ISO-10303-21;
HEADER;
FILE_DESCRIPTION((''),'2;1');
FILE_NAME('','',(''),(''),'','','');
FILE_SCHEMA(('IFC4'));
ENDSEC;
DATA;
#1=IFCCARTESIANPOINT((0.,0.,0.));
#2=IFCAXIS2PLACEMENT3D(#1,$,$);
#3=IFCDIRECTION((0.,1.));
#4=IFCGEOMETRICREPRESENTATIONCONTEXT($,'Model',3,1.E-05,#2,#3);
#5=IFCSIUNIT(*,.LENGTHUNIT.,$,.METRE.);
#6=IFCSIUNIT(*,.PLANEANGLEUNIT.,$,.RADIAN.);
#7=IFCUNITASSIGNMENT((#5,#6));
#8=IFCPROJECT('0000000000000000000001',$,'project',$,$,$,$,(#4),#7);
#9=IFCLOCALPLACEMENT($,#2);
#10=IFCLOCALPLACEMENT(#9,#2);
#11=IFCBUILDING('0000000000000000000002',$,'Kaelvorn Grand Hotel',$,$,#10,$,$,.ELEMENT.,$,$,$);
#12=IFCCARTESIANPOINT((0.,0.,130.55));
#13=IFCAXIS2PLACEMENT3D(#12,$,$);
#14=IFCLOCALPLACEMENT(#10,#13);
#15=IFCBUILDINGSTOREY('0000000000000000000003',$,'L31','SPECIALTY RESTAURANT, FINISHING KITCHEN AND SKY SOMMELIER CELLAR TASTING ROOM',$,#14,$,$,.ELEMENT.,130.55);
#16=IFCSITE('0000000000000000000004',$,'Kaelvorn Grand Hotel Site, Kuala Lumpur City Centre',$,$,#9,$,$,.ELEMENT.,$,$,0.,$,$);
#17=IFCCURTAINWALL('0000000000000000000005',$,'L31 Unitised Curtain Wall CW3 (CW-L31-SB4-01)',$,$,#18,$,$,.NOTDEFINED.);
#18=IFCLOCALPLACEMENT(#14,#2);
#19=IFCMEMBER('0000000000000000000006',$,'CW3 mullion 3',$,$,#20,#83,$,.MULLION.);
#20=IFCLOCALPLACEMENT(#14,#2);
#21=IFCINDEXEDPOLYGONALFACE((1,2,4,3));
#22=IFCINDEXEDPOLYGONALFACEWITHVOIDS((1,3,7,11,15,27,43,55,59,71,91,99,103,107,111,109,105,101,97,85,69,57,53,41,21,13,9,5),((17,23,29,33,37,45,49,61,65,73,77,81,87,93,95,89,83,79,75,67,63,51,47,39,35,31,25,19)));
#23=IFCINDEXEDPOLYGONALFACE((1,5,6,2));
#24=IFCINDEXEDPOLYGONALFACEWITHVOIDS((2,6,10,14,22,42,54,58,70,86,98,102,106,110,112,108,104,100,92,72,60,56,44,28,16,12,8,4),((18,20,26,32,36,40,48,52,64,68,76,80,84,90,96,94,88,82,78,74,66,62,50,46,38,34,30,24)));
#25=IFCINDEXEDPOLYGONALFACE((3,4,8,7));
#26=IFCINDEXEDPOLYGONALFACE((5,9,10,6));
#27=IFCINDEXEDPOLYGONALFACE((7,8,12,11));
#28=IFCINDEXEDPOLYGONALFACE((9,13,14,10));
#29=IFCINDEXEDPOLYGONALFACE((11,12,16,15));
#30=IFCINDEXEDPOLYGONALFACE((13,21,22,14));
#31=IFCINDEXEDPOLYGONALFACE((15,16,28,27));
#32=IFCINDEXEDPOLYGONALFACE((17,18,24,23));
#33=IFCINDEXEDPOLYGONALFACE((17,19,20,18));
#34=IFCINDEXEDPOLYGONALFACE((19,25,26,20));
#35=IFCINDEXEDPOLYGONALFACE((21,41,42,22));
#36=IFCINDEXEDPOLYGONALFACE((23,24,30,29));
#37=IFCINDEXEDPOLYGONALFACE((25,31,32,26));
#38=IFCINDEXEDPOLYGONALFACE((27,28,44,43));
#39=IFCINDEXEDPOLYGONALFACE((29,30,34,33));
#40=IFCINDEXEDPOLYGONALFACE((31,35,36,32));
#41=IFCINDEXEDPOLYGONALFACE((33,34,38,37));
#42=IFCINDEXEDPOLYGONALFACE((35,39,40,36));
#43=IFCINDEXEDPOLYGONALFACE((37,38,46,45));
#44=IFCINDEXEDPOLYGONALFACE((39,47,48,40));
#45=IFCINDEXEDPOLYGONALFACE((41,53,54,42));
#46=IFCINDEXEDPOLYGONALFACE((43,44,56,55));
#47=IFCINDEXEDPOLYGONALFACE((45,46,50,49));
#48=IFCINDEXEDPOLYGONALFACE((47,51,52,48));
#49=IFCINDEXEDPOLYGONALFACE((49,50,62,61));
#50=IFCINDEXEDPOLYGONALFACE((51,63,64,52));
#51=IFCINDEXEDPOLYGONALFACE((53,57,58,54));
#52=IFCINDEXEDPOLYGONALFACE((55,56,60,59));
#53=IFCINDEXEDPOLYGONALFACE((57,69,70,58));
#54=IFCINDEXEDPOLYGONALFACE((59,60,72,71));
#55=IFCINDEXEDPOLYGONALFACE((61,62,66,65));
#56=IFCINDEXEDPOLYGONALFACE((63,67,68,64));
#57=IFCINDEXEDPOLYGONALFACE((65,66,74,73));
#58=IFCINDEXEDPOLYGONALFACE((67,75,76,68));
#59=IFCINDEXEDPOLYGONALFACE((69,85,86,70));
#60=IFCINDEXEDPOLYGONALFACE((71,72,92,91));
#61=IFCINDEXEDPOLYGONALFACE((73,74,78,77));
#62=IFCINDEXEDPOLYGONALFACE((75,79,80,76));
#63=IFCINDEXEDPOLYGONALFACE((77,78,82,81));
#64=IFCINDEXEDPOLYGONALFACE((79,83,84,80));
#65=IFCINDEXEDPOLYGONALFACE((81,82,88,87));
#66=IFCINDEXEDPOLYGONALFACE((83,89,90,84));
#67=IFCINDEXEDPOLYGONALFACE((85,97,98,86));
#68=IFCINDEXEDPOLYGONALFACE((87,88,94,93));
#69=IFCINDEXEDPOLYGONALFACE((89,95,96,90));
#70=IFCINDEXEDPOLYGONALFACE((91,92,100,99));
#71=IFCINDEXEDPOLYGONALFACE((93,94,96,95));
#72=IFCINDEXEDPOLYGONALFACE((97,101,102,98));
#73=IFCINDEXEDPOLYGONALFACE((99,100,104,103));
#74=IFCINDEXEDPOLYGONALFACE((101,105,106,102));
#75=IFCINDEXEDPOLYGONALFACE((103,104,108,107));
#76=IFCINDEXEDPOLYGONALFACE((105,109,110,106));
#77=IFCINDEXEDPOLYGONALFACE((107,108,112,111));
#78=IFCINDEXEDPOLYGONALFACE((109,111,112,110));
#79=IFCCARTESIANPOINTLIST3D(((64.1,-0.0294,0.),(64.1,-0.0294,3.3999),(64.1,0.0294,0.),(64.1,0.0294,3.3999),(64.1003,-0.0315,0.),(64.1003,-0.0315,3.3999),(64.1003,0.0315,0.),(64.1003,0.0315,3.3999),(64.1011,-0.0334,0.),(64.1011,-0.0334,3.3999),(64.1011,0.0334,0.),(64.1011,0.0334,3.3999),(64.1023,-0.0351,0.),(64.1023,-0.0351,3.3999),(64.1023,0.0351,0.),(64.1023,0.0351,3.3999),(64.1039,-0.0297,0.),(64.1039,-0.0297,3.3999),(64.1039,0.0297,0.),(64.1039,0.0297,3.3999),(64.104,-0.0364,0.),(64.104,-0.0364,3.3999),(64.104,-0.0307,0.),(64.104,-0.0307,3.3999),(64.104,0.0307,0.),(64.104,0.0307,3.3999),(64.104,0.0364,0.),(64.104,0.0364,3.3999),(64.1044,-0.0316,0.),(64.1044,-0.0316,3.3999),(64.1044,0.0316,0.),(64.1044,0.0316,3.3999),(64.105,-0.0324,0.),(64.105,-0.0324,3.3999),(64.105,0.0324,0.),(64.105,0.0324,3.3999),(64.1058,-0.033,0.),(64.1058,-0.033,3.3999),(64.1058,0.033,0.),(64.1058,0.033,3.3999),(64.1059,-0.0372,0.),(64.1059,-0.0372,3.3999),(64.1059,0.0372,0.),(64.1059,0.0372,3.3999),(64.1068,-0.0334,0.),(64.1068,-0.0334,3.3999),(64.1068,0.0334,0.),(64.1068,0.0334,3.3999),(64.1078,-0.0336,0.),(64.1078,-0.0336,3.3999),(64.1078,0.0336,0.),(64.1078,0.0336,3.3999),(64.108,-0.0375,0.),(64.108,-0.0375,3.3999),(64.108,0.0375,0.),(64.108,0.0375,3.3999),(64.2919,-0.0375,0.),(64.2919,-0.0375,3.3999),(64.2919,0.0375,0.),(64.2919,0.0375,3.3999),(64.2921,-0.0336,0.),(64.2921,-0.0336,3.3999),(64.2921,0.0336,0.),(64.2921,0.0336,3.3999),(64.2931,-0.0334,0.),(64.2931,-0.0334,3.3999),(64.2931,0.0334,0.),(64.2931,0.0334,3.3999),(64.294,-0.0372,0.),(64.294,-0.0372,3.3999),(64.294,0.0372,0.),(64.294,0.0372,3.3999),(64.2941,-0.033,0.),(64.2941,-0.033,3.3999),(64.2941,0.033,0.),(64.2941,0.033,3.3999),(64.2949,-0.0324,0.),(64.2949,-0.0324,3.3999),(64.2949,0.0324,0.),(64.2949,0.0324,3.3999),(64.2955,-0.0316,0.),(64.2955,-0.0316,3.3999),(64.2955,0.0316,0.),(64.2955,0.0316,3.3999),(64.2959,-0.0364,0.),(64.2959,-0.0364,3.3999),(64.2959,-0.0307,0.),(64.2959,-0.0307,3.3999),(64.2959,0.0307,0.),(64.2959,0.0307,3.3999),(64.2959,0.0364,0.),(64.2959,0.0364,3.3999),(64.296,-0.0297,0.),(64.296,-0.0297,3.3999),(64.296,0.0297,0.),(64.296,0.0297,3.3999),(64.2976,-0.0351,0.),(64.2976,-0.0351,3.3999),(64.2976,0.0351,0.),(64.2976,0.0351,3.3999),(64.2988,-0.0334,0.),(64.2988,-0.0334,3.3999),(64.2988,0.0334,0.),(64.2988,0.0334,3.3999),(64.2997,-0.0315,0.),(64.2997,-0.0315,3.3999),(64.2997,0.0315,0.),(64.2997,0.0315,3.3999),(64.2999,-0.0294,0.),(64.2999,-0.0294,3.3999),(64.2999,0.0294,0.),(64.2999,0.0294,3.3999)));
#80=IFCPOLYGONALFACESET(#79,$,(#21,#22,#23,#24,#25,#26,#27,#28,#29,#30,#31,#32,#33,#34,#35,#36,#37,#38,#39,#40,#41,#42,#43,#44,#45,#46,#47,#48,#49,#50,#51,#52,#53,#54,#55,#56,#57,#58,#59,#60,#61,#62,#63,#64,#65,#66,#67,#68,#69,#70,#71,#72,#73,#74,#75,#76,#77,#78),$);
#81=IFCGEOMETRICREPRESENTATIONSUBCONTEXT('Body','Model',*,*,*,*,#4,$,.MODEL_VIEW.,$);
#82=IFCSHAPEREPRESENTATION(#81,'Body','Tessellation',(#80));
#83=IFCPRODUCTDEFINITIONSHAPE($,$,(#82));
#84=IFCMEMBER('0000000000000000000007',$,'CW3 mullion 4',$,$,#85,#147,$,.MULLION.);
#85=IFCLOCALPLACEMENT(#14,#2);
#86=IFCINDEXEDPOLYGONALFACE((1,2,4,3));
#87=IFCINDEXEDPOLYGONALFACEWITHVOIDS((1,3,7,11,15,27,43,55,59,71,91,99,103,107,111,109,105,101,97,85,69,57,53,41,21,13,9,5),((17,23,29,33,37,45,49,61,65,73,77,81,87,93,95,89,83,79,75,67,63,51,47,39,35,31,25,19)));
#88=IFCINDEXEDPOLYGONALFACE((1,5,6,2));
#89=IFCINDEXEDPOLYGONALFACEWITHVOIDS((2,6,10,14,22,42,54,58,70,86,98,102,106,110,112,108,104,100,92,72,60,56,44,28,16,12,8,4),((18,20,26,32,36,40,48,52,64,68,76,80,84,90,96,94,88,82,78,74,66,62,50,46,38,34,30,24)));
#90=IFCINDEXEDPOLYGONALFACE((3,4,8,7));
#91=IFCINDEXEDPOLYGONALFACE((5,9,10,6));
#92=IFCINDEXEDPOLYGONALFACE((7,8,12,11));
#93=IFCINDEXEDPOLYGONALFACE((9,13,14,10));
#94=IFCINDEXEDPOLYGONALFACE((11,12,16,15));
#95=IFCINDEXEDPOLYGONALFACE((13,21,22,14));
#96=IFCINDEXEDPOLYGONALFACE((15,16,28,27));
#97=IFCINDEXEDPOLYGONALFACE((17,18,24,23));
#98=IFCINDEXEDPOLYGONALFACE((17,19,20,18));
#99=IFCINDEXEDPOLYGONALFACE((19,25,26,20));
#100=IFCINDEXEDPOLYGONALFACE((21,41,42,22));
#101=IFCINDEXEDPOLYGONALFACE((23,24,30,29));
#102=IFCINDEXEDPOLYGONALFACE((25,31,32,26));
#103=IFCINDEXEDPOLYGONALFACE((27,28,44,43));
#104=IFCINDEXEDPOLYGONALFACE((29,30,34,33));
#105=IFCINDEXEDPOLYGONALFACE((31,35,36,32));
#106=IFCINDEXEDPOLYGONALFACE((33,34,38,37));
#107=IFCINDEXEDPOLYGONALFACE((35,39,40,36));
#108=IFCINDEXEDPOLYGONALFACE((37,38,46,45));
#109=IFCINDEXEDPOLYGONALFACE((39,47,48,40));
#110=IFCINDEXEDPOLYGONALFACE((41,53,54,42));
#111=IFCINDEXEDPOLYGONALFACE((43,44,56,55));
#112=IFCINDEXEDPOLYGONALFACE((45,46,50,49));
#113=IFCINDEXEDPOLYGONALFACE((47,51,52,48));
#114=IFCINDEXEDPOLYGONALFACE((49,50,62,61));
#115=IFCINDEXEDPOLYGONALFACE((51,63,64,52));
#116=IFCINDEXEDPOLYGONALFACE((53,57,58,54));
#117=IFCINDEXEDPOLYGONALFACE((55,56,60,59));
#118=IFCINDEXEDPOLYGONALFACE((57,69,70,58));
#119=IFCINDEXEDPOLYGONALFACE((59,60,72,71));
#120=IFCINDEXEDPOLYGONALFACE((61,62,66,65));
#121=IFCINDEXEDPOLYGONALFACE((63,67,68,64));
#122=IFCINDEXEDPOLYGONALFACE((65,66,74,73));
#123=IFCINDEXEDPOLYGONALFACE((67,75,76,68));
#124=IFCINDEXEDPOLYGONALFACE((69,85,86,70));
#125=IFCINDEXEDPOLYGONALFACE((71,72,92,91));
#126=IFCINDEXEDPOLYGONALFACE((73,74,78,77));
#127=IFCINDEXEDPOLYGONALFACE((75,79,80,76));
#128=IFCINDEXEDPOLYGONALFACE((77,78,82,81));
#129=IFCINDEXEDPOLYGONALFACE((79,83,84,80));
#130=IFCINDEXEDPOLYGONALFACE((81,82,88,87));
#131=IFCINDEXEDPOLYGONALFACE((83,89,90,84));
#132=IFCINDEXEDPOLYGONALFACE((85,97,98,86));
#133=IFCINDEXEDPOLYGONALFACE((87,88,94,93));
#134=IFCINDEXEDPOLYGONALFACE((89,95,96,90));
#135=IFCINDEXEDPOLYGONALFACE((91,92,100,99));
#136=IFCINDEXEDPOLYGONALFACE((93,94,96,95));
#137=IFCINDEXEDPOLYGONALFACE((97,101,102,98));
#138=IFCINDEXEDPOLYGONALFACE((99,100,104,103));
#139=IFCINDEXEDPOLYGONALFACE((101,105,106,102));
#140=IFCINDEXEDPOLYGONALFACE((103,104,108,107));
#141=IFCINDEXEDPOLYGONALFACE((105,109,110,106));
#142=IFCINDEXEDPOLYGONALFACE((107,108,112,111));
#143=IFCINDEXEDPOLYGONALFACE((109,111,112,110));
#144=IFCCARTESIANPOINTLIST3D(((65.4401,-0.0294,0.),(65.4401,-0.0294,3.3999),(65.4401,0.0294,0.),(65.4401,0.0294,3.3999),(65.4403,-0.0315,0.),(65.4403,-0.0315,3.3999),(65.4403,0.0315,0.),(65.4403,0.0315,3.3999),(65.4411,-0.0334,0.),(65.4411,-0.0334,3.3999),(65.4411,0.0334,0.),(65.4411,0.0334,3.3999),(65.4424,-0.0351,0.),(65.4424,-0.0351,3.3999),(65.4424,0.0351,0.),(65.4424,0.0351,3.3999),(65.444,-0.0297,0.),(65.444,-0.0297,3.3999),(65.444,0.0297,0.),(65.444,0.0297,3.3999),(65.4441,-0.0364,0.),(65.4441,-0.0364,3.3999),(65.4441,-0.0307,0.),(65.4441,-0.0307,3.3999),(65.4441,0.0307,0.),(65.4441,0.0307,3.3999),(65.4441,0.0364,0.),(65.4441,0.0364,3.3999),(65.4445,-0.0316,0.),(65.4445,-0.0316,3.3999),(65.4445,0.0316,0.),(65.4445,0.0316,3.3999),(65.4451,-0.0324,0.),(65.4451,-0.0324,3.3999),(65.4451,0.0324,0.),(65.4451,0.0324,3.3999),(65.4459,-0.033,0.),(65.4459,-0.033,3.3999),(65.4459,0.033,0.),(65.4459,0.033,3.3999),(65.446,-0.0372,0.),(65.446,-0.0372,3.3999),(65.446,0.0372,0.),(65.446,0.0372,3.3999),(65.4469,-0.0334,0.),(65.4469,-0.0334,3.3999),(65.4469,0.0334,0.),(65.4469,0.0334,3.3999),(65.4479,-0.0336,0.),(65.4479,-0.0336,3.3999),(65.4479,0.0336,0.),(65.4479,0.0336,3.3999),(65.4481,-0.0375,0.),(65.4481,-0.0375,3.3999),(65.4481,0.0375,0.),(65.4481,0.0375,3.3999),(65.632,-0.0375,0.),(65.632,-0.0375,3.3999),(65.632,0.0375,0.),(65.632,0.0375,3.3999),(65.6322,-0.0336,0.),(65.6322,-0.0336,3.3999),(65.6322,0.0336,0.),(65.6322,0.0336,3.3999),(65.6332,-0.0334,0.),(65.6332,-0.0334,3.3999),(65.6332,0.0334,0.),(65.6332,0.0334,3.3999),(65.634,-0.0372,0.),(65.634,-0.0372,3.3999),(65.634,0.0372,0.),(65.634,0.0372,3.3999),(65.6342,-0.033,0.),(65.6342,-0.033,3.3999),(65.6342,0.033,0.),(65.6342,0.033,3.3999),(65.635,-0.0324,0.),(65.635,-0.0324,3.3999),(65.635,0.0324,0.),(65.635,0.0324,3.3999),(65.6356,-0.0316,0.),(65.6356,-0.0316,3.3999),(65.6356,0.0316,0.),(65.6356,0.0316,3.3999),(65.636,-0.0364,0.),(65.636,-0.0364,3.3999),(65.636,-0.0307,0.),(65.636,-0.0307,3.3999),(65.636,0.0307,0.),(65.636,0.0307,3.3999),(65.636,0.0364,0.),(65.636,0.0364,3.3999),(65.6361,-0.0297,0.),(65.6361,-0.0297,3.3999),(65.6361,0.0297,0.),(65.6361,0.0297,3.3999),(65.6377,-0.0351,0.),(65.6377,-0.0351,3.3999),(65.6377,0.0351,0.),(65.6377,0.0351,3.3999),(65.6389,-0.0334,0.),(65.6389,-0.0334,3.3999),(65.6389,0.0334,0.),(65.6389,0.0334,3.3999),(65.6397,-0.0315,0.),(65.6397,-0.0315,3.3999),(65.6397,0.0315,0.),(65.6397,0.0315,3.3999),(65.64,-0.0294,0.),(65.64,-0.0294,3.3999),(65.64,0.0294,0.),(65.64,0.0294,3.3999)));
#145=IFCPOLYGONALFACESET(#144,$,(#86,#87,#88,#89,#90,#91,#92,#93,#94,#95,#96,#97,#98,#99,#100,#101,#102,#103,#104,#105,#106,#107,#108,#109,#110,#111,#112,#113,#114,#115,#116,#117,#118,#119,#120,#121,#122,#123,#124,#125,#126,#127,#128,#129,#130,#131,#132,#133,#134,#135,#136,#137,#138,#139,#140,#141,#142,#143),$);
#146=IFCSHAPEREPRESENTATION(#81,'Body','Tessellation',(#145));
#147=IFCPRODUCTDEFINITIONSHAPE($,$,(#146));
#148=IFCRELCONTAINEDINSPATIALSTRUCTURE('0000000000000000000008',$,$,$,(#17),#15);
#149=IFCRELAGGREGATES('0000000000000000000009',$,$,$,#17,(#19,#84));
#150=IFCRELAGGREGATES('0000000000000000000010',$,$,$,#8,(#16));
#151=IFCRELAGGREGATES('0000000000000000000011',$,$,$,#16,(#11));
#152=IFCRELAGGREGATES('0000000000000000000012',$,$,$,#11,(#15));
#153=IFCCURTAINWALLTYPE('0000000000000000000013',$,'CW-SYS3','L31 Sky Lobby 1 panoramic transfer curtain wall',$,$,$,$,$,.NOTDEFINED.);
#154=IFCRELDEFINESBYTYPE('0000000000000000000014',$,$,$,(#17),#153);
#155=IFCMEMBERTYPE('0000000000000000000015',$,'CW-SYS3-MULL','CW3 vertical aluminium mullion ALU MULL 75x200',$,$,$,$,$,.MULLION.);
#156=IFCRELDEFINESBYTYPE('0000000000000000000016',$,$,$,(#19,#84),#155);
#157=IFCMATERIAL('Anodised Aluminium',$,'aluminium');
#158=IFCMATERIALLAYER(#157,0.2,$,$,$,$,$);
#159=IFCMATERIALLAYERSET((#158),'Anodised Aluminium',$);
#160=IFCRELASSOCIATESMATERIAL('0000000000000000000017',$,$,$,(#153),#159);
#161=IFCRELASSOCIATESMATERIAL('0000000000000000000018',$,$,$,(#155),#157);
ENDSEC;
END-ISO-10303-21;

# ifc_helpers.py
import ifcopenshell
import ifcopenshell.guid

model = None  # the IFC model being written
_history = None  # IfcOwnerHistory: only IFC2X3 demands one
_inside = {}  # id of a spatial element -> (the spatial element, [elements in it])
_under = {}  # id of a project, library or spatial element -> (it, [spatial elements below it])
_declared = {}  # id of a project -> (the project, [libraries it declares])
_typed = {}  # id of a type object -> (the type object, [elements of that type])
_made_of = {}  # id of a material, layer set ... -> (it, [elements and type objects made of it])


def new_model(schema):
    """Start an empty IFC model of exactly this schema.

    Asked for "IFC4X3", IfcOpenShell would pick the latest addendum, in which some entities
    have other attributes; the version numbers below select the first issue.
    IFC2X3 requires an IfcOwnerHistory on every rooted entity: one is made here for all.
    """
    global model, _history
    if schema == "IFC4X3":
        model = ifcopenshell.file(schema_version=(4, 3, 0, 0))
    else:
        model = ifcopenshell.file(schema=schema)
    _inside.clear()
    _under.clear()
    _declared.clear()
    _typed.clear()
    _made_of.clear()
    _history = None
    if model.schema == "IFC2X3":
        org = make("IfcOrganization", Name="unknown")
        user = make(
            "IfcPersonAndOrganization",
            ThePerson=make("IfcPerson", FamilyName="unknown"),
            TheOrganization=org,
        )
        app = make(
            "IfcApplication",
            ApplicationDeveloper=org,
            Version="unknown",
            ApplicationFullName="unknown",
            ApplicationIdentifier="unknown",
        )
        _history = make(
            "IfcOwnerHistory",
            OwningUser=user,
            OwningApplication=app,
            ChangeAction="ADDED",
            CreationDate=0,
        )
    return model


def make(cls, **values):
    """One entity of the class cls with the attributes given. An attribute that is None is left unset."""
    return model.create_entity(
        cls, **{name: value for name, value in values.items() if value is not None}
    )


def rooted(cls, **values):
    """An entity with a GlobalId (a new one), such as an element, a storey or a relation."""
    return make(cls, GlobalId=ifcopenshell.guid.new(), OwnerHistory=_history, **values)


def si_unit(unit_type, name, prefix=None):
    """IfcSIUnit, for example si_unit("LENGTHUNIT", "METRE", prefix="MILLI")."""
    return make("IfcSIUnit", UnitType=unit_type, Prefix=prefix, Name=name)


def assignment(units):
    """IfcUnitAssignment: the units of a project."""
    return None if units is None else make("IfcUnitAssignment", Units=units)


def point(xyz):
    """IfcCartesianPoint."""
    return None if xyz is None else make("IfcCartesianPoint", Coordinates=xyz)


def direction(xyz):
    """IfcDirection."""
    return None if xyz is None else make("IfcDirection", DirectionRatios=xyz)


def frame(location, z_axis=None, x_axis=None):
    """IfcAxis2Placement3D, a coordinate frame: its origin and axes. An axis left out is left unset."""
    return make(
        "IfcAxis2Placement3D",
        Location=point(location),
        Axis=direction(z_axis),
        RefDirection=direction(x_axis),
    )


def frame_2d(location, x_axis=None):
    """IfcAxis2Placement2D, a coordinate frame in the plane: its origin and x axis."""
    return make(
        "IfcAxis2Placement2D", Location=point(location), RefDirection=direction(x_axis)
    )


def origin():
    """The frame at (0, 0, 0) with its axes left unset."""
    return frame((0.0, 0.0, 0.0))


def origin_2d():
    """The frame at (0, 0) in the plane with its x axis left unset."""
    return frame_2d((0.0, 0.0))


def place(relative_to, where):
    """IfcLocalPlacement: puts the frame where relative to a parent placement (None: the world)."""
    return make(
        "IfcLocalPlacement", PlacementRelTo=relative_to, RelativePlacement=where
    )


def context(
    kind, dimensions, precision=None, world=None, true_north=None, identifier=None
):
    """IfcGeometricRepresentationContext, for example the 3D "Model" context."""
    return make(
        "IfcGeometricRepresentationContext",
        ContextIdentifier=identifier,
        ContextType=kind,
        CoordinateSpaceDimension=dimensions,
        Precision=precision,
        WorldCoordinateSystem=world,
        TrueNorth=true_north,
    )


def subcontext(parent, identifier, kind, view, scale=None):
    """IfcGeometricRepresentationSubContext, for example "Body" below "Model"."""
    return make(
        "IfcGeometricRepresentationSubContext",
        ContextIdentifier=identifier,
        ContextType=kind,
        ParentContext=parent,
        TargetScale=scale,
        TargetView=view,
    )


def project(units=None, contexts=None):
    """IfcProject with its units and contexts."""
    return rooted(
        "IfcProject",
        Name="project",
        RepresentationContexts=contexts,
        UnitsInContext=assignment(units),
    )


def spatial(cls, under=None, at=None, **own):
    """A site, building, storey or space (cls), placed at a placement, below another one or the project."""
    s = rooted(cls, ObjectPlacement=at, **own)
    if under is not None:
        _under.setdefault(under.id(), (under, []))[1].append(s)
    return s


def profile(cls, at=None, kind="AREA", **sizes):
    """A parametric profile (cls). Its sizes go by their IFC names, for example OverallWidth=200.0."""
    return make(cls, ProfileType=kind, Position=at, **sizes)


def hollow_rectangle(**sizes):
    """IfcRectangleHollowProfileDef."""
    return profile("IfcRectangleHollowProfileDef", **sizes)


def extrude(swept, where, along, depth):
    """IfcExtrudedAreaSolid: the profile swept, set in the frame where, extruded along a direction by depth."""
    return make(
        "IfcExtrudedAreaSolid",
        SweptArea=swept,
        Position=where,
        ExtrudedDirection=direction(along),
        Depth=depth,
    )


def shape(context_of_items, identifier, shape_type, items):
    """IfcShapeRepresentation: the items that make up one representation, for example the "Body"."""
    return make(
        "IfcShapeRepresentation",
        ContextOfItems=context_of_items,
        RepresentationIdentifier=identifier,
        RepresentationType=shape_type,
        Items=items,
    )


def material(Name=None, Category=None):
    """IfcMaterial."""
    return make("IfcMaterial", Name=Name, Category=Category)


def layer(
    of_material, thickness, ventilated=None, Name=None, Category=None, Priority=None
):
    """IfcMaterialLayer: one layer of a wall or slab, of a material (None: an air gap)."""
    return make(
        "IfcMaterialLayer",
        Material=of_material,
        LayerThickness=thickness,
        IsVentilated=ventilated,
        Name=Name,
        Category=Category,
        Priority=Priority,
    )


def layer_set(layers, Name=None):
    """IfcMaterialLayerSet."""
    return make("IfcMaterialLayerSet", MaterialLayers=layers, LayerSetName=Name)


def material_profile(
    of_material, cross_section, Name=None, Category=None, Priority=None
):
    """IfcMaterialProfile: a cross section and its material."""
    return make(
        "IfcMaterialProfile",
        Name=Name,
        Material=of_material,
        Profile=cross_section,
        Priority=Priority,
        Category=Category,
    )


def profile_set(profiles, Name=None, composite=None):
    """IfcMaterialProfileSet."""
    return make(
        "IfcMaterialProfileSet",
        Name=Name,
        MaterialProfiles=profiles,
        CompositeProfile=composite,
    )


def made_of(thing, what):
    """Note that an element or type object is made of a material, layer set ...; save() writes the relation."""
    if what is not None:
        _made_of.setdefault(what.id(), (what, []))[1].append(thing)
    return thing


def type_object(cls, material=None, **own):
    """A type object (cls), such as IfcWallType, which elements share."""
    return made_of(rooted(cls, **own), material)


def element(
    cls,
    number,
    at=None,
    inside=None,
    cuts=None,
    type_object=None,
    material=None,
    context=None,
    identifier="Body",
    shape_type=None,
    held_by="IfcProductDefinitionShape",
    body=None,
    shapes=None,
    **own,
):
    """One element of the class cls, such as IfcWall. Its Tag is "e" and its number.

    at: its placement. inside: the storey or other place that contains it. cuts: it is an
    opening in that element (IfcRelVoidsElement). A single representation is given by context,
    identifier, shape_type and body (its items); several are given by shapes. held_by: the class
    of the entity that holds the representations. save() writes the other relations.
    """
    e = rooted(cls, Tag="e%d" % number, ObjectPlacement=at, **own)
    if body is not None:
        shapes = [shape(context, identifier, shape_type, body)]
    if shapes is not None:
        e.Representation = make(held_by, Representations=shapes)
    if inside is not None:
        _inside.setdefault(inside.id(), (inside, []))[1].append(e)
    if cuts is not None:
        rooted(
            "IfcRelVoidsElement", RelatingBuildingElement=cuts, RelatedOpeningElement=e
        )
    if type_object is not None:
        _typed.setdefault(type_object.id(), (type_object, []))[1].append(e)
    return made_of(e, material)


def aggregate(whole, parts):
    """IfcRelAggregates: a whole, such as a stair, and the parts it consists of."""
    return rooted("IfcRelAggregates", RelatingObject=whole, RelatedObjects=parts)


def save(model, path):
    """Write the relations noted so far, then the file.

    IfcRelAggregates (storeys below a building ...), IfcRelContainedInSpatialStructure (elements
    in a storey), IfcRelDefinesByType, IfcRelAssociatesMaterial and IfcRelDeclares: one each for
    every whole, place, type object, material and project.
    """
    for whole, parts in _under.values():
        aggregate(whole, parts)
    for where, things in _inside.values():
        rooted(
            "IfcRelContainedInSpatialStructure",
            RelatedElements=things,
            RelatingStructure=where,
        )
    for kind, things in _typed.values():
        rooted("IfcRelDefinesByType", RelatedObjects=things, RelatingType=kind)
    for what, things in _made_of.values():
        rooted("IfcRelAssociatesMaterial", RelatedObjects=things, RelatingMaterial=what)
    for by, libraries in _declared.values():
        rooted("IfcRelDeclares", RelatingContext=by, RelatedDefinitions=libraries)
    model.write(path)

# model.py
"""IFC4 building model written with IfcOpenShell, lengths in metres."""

from ifc_helpers import new_model, si_unit, direction, frame, origin, origin_2d, place, context, subcontext, project, spatial, hollow_rectangle, extrude, material, layer, layer_set, material_profile, profile_set, type_object, element, aggregate, save


model = new_model("IFC4")

# Units and contexts
model_context = context("Model", 3, precision=1e-05, world=origin(), true_north=direction((0.0, 1.0)))
body_context = subcontext(model_context, "Body", "Model", "MODEL_VIEW")
ifc_project = project(units=[si_unit("LENGTHUNIT", "METRE"), si_unit("PLANEANGLEUNIT", "RADIAN")], contexts=[model_context])

# Site, building, storey
site_placement = place(None, origin())
site = spatial("IfcSite", under=ifc_project, at=site_placement, Name="Kaelvorn Grand Hotel Site, Kuala Lumpur City Centre", CompositionType="ELEMENT", RefElevation=0.0)
building_placement = place(site_placement, origin())
building = spatial("IfcBuilding", under=site, at=building_placement, Name="Kaelvorn Grand Hotel", CompositionType="ELEMENT")
storey_placement = place(building_placement, frame((0.0, 0.0, 130.55)))
storey = spatial("IfcBuildingStorey", under=building, at=storey_placement, Name="L31", Description="SPECIALTY RESTAURANT, FINISHING KITCHEN AND SKY SOMMELIER CELLAR TASTING ROOM", CompositionType="ELEMENT", Elevation=130.55)

# Curtain wall, members
ifc_material_1 = material(Name="Anodised Aluminium", Category="aluminium")
ifc_layer_1 = layer(ifc_material_1, 0.2)
ifc_layer_set_1 = layer_set([ifc_layer_1], Name="Anodised Aluminium")
curtain_wall_type = type_object("IfcCurtainWallType", Name="CW-SYS3", Description="L31 Sky Lobby 1 panoramic transfer curtain wall", PredefinedType="NOTDEFINED", material=ifc_layer_set_1)
curtain_wall_placement = place(storey_placement, origin())
curtain_wall = element("IfcCurtainWall", 1, at=curtain_wall_placement, inside=storey, type_object=curtain_wall_type, Name="L31 Unitised Curtain Wall CW3 (CW-L31-SB4-01)", PredefinedType="NOTDEFINED")
ifc_material_profile_1 = material_profile(ifc_material_1, hollow_rectangle(XDim=0.075, YDim=0.2, WallThickness=0.0039, InnerFilletRadius=0.0039, OuterFilletRadius=0.0081, at=origin_2d()), Name="ALU MULL 75x200")
ifc_profile_set_1 = profile_set([ifc_material_profile_1], Name="Anodised Aluminium")
member_type_1 = type_object("IfcMemberType", Name="CW-SYS3-MULL", Description="CW3 vertical aluminium mullion ALU MULL 75x200", PredefinedType="MULLION", material=ifc_profile_set_1)
member_1_placement = place(storey_placement, frame((64.2, 0.0, 0.0), z_axis=(0.0, 0.0, 1.0), x_axis=(0.0, 1.0, 0.0)))
member_1 = element("IfcMember", 2, at=member_1_placement, type_object=member_type_1, Name="CW3 mullion 3", PredefinedType="MULLION", context=body_context, shape_type="SweptSolid", body=[
    extrude(hollow_rectangle(XDim=0.075, YDim=0.2, WallThickness=0.0039, InnerFilletRadius=0.0039, OuterFilletRadius=0.0081, at=origin_2d()), origin(), (0.0, 0.0, 1.0), 3.3999),
])
member_2_placement = place(storey_placement, frame((65.54, 0.0, 0.0), z_axis=(0.0, 0.0, 1.0), x_axis=(0.0, 1.0, 0.0)))
member_2 = element("IfcMember", 3, at=member_2_placement, type_object=member_type_1, Name="CW3 mullion 4", PredefinedType="MULLION", context=body_context, shape_type="SweptSolid", body=[
    extrude(hollow_rectangle(XDim=0.075, YDim=0.2, WallThickness=0.0039, InnerFilletRadius=0.0039, OuterFilletRadius=0.0081, at=origin_2d()), origin(), (0.0, 0.0, 1.0), 3.3999),
])
aggregate(curtain_wall, [member_1, member_2])

save(model, "model.ifc")
